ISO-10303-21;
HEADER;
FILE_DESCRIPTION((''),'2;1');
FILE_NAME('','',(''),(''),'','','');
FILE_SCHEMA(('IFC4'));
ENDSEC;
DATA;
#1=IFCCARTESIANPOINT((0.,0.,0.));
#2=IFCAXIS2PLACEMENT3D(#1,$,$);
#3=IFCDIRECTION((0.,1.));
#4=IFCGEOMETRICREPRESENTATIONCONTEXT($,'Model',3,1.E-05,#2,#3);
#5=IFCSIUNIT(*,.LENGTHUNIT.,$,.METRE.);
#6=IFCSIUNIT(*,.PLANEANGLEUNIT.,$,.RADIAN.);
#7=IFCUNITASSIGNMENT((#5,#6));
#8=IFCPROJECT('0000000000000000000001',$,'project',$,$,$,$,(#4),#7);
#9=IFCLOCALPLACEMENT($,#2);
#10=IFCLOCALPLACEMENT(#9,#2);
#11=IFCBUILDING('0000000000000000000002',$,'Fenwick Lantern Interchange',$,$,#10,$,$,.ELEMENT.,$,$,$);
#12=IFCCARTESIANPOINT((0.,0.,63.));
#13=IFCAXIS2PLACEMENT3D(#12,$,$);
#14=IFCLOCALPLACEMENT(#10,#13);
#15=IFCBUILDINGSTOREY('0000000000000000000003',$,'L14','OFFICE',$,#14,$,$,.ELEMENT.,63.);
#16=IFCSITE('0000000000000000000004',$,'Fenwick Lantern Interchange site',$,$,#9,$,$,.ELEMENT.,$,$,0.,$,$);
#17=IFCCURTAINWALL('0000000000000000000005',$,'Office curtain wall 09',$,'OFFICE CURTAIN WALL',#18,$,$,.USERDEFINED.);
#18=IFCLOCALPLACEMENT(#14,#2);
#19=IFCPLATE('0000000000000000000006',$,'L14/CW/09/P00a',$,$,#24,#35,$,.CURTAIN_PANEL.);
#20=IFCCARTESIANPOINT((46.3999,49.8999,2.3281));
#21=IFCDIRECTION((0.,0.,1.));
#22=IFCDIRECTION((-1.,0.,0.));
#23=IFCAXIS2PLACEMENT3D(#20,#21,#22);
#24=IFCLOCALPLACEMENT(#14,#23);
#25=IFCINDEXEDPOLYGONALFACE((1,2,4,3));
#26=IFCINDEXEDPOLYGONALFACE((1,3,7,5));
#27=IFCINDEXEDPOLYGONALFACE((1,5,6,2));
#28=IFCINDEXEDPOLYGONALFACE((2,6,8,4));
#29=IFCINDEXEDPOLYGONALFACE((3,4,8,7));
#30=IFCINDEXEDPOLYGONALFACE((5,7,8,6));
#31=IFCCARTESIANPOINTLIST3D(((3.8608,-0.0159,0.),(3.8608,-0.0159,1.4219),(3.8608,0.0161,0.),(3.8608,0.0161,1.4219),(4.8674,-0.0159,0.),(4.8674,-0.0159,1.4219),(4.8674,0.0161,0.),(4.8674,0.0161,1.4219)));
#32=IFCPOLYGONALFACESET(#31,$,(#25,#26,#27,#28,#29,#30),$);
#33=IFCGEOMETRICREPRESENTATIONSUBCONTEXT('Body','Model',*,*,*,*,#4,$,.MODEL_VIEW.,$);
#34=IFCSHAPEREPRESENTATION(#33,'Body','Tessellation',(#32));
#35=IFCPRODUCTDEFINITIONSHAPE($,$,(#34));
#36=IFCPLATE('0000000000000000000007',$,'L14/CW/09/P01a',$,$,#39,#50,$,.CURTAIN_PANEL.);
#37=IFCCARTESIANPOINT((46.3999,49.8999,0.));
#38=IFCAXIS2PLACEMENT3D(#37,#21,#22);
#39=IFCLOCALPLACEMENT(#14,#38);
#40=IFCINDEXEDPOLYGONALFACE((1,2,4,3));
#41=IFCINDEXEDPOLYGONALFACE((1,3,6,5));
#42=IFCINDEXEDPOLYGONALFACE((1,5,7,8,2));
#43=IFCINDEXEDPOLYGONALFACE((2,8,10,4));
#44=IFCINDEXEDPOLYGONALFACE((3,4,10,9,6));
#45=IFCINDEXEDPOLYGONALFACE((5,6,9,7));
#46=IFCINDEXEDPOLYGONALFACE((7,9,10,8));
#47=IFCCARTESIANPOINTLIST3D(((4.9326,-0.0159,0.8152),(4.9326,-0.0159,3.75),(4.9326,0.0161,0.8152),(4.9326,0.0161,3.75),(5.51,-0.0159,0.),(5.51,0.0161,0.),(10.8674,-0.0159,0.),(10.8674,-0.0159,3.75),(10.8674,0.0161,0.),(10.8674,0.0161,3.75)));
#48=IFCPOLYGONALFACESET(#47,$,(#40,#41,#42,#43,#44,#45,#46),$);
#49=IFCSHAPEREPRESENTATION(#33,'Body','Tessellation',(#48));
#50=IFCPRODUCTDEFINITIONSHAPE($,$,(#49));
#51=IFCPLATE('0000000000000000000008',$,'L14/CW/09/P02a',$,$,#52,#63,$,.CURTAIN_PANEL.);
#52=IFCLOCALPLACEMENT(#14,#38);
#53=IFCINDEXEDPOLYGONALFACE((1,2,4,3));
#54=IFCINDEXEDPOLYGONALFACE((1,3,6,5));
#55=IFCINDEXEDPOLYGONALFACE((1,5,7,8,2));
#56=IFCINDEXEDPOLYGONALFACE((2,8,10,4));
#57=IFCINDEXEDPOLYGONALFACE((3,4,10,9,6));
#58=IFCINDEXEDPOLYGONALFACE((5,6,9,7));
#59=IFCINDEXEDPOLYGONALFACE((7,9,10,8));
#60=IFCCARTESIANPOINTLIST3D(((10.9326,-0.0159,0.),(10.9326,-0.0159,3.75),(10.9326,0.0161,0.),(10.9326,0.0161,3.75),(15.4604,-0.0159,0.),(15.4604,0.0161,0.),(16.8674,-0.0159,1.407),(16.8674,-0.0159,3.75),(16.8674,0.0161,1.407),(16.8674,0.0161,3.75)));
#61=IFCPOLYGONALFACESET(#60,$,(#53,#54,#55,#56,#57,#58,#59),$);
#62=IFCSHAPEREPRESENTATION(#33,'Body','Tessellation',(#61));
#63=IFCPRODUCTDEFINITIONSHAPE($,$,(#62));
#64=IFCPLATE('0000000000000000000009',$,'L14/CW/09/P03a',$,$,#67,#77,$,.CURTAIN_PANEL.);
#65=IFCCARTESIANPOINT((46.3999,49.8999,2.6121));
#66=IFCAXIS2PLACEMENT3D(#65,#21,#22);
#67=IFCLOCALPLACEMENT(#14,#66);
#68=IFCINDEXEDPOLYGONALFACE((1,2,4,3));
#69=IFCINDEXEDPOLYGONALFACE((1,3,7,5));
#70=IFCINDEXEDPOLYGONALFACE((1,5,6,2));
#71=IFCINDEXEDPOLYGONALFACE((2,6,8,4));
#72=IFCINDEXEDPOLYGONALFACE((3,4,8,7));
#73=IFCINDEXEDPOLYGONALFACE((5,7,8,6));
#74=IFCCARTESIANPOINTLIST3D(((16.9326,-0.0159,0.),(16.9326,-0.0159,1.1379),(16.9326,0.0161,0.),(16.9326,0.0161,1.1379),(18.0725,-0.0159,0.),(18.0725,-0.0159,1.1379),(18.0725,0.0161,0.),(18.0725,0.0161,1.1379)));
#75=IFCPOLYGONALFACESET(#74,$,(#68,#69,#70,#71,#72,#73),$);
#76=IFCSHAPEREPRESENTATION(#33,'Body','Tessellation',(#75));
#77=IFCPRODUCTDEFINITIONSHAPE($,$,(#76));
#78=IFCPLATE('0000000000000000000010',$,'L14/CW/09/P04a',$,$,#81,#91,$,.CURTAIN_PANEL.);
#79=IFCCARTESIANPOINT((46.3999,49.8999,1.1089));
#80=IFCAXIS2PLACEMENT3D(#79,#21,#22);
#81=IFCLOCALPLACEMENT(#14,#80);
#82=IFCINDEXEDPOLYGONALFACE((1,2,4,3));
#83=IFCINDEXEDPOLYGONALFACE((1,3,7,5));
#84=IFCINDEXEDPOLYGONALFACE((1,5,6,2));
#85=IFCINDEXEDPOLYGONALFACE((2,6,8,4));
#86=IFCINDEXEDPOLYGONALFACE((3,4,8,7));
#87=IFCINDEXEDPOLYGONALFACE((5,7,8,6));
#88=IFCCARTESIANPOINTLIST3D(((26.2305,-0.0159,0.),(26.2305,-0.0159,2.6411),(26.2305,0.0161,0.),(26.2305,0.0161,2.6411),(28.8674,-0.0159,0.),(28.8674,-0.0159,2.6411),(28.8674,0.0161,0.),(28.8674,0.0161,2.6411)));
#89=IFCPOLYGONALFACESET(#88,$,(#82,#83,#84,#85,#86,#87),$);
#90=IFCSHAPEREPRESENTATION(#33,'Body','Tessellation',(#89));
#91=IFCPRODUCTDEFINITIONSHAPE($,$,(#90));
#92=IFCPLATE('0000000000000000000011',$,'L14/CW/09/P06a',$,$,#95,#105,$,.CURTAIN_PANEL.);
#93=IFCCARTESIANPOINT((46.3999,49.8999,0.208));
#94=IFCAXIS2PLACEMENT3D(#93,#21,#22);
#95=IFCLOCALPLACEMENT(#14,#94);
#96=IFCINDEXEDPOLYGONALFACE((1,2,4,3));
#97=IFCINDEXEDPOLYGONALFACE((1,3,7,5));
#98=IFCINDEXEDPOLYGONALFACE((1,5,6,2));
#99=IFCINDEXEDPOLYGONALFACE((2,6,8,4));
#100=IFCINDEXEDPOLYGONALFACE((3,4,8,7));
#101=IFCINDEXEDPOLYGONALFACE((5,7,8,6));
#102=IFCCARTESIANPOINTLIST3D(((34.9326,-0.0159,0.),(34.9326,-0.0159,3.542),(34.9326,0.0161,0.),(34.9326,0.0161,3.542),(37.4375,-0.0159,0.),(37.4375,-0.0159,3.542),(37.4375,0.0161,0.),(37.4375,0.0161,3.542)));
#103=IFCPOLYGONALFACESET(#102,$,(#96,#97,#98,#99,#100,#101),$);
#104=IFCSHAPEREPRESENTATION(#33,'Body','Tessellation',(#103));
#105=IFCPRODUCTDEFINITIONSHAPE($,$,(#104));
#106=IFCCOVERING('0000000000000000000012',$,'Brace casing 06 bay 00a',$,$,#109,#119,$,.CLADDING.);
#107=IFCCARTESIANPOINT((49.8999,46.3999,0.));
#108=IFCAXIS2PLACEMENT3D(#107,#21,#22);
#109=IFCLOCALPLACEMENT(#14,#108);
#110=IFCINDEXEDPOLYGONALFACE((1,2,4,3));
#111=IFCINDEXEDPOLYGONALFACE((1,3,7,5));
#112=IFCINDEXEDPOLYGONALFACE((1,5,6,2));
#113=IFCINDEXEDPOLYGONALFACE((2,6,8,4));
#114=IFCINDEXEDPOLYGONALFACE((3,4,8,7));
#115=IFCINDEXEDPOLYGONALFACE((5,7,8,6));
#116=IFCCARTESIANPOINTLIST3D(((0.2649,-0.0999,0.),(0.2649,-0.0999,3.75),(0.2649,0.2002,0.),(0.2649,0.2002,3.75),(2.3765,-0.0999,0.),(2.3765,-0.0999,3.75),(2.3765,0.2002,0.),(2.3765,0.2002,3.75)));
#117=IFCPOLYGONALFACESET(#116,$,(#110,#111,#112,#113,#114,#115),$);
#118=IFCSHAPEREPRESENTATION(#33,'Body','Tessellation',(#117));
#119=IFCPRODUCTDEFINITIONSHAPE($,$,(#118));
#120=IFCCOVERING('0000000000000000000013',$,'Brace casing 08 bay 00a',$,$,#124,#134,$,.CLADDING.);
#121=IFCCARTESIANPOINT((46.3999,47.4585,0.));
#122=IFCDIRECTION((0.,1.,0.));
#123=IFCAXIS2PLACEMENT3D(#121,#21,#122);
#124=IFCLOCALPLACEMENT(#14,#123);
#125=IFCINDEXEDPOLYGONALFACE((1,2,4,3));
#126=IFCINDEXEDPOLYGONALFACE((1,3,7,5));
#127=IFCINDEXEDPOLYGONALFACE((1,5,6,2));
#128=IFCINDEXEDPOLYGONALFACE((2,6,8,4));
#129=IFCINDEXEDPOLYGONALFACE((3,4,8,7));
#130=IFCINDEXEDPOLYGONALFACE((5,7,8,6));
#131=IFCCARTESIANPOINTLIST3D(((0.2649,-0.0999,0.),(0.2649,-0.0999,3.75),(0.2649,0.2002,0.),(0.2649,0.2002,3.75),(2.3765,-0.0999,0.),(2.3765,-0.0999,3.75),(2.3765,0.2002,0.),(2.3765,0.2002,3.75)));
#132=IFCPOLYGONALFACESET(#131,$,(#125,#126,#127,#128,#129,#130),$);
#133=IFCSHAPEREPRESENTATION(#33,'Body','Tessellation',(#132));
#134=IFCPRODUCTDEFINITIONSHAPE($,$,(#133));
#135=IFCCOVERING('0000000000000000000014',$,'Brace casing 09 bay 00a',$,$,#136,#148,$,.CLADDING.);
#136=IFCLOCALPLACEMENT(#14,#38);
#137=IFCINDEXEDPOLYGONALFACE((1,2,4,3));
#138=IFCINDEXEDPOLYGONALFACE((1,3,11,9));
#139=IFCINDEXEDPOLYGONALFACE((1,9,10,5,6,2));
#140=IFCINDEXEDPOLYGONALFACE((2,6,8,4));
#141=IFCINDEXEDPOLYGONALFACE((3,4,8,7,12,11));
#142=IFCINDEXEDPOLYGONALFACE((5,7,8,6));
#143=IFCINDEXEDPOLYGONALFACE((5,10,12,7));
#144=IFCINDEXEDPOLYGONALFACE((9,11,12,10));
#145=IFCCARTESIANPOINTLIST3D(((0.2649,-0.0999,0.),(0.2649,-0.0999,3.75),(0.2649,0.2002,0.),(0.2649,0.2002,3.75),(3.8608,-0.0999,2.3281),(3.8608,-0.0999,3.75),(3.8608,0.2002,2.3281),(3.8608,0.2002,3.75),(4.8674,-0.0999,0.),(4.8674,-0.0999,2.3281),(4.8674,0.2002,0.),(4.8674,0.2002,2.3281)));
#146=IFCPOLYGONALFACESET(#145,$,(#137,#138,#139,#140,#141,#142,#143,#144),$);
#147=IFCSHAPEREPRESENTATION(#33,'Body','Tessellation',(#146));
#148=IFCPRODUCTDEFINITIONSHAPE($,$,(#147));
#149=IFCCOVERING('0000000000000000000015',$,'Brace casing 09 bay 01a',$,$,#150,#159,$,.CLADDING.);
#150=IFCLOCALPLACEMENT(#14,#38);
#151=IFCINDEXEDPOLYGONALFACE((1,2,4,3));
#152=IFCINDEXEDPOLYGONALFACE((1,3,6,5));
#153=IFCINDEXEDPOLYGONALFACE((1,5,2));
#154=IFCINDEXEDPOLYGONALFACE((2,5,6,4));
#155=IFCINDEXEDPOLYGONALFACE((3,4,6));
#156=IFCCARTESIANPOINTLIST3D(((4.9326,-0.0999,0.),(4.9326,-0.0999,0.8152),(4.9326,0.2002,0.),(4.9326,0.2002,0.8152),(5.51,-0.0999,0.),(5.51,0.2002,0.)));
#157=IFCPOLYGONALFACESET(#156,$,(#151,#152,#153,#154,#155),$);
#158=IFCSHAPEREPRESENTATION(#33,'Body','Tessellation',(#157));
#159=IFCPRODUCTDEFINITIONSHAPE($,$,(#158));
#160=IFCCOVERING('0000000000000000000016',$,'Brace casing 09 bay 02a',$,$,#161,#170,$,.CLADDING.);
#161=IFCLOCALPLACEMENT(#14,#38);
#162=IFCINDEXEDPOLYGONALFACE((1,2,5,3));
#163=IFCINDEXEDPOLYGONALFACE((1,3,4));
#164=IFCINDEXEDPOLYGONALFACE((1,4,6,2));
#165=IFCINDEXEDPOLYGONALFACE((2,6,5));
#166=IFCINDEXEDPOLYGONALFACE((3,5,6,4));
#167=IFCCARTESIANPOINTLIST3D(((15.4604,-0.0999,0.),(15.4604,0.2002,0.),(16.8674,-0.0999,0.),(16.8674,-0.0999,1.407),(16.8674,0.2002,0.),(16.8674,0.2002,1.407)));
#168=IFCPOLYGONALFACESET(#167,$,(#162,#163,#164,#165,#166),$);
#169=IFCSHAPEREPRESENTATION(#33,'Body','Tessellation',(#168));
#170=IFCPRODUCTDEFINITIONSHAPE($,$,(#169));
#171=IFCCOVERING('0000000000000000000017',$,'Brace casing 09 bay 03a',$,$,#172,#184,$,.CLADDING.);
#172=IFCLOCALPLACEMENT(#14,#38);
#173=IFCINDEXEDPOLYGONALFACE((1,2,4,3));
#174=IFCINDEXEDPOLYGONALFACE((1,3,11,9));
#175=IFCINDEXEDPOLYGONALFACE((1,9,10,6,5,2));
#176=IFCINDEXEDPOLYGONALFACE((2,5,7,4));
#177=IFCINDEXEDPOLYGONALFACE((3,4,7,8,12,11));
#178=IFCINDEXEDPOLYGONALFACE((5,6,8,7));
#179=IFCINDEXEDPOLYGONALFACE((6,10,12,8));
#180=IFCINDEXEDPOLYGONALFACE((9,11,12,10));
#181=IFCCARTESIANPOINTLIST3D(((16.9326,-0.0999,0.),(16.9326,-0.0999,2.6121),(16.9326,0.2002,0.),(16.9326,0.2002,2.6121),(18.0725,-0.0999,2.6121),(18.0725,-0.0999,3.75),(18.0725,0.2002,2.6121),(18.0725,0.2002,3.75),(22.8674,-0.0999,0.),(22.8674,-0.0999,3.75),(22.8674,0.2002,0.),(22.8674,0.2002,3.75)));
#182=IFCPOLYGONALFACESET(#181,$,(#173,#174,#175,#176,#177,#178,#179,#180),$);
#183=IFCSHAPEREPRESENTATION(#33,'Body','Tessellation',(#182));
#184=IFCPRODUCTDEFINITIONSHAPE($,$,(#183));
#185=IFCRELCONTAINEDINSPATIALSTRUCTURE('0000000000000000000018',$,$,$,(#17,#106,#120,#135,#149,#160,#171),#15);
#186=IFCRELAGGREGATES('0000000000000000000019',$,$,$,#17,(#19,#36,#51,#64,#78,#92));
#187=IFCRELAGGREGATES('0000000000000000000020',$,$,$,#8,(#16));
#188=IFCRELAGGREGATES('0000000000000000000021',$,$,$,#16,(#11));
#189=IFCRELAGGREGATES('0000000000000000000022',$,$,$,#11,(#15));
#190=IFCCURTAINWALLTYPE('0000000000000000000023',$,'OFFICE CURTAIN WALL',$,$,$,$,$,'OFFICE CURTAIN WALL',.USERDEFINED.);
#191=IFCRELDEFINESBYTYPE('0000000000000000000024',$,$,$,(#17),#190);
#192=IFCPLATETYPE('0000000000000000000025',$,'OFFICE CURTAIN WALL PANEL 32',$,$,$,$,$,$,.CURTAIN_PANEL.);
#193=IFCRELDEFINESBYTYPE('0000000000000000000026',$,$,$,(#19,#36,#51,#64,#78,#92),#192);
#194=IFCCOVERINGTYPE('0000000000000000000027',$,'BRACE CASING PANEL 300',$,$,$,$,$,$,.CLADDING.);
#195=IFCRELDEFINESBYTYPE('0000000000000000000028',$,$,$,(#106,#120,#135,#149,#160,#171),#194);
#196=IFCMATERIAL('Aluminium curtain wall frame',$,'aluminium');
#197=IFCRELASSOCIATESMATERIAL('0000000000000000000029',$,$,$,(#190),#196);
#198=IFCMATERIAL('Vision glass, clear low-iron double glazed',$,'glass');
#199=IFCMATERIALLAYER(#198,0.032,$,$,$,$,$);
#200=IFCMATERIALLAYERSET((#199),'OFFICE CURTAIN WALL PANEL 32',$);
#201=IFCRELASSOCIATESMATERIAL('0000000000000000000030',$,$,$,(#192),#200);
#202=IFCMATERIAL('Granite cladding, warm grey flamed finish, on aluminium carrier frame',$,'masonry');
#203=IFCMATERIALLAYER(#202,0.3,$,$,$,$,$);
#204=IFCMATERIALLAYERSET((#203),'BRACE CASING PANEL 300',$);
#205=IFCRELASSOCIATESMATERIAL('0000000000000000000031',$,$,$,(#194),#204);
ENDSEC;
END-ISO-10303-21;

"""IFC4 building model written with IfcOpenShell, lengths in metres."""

from ifc_helpers import new_model, si_unit, direction, frame, origin, place, context, subcontext, project, spatial, polyline, outline, extrude, material, layer, layer_set, type_object, element, aggregate, save


model = new_model("IFC4")

# Units and contexts
model_context = context("Model", 3, precision=1e-05, world=origin(), true_north=direction((0.0, 1.0)))
body_context = subcontext(model_context, "Body", "Model", "MODEL_VIEW")
ifc_project = project(units=[si_unit("LENGTHUNIT", "METRE"), si_unit("PLANEANGLEUNIT", "RADIAN")], contexts=[model_context])

# Site, building, storey
site_placement = place(None, origin())
site = spatial("IfcSite", under=ifc_project, at=site_placement, Name="Fenwick Lantern Interchange site", CompositionType="ELEMENT", RefElevation=0.0)
building_placement = place(site_placement, origin())
building = spatial("IfcBuilding", under=site, at=building_placement, Name="Fenwick Lantern Interchange", CompositionType="ELEMENT")
storey_placement = place(building_placement, frame((0.0, 0.0, 63.0)))
storey = spatial("IfcBuildingStorey", under=building, at=storey_placement, Name="L14", Description="OFFICE", CompositionType="ELEMENT", Elevation=63.0)

# Shared definitions
ifc_material_1 = material(Name="Aluminium curtain wall frame", Category="aluminium")
curtain_wall_type = type_object("IfcCurtainWallType", Name="OFFICE CURTAIN WALL", ElementType="OFFICE CURTAIN WALL", PredefinedType="USERDEFINED", material=ifc_material_1)

# Curtain wall
curtain_wall_1_placement = place(storey_placement, origin())
curtain_wall_1 = element("IfcCurtainWall", 1, at=curtain_wall_1_placement, inside=storey, type_object=curtain_wall_type, Name="Office curtain wall 09", ObjectType="OFFICE CURTAIN WALL", PredefinedType="USERDEFINED")

# Plates
ifc_material_2 = material(Name="Vision glass, clear low-iron double glazed", Category="glass")
ifc_layer_1 = layer(ifc_material_2, 0.032)
ifc_layer_set_1 = layer_set([ifc_layer_1], Name="OFFICE CURTAIN WALL PANEL 32")
plate_type = type_object("IfcPlateType", Name="OFFICE CURTAIN WALL PANEL 32", PredefinedType="CURTAIN_PANEL", material=ifc_layer_set_1)
plate_1_placement = place(storey_placement, frame((46.3999, 49.8999, 2.3281), z_axis=(0.0, 0.0, 1.0), x_axis=(-1.0, 0.0, 0.0)))
plate_1 = element("IfcPlate", 2, at=plate_1_placement, type_object=plate_type, Name="L14/CW/09/P00a", PredefinedType="CURTAIN_PANEL", context=body_context, shape_type="SweptSolid", body=[
    extrude(outline(polyline([(3.8608, 0.0), (4.8674, 0.0), (4.8674, 1.4219), (3.8608, 1.4219), (3.8608, 0.0)])), frame((0.0, 0.0161, 0.0), z_axis=(0.0, -1.0, 0.0), x_axis=(1.0, 0.0, 0.0)), (0.0, 0.0, 1.0), 0.032),
])
plate_2_placement = place(storey_placement, frame((46.3999, 49.8999, 0.0), z_axis=(0.0, 0.0, 1.0), x_axis=(-1.0, 0.0, 0.0)))
plate_2 = element("IfcPlate", 3, at=plate_2_placement, type_object=plate_type, Name="L14/CW/09/P01a", PredefinedType="CURTAIN_PANEL", context=body_context, shape_type="SweptSolid", body=[
    extrude(outline(polyline([(5.51, 0.0), (10.8674, 0.0), (10.8674, 3.75), (4.9326, 3.75), (4.9326, 0.8152), (5.51, 0.0)])), frame((0.0, 0.0161, 0.0), z_axis=(0.0, -1.0, 0.0), x_axis=(1.0, 0.0, 0.0)), (0.0, 0.0, 1.0), 0.032),
])
plate_3_placement = place(storey_placement, frame((46.3999, 49.8999, 0.0), z_axis=(0.0, 0.0, 1.0), x_axis=(-1.0, 0.0, 0.0)))
plate_3 = element("IfcPlate", 4, at=plate_3_placement, type_object=plate_type, Name="L14/CW/09/P02a", PredefinedType="CURTAIN_PANEL", context=body_context, shape_type="SweptSolid", body=[
    extrude(outline(polyline([(10.9326, 0.0), (15.4604, 0.0), (16.8674, 1.407), (16.8674, 3.75), (10.9326, 3.75), (10.9326, 0.0)])), frame((0.0, 0.0161, 0.0), z_axis=(0.0, -1.0, 0.0), x_axis=(1.0, 0.0, 0.0)), (0.0, 0.0, 1.0), 0.032),
])
plate_4_placement = place(storey_placement, frame((46.3999, 49.8999, 2.6121), z_axis=(0.0, 0.0, 1.0), x_axis=(-1.0, 0.0, 0.0)))
plate_4 = element("IfcPlate", 5, at=plate_4_placement, type_object=plate_type, Name="L14/CW/09/P03a", PredefinedType="CURTAIN_PANEL", context=body_context, shape_type="SweptSolid", body=[
    extrude(outline(polyline([(16.9326, 0.0), (18.0725, 0.0), (18.0725, 1.1379), (16.9326, 1.1379), (16.9326, 0.0)])), frame((0.0, 0.0161, 0.0), z_axis=(0.0, -1.0, 0.0), x_axis=(1.0, 0.0, 0.0)), (0.0, 0.0, 1.0), 0.032),
])
plate_5_placement = place(storey_placement, frame((46.3999, 49.8999, 1.1089), z_axis=(0.0, 0.0, 1.0), x_axis=(-1.0, 0.0, 0.0)))
plate_5 = element("IfcPlate", 6, at=plate_5_placement, type_object=plate_type, Name="L14/CW/09/P04a", PredefinedType="CURTAIN_PANEL", context=body_context, shape_type="SweptSolid", body=[
    extrude(outline(polyline([(26.2305, 0.0), (28.8674, 0.0), (28.8674, 2.6411), (26.2305, 2.6411), (26.2305, 0.0)])), frame((0.0, 0.0161, 0.0), z_axis=(0.0, -1.0, 0.0), x_axis=(1.0, 0.0, 0.0)), (0.0, 0.0, 1.0), 0.032),
])
plate_6_placement = place(storey_placement, frame((46.3999, 49.8999, 0.208), z_axis=(0.0, 0.0, 1.0), x_axis=(-1.0, 0.0, 0.0)))
plate_6 = element("IfcPlate", 7, at=plate_6_placement, type_object=plate_type, Name="L14/CW/09/P06a", PredefinedType="CURTAIN_PANEL", context=body_context, shape_type="SweptSolid", body=[
    extrude(outline(polyline([(34.9326, 0.0), (37.4375, 0.0), (37.4375, 3.542), (34.9326, 3.542), (34.9326, 0.0)])), frame((0.0, 0.0161, 0.0), z_axis=(0.0, -1.0, 0.0), x_axis=(1.0, 0.0, 0.0)), (0.0, 0.0, 1.0), 0.032),
])
aggregate(curtain_wall_1, [plate_1, plate_2, plate_3, plate_4, plate_5, plate_6])

# Coverings
ifc_material_3 = material(Name="Granite cladding, warm grey flamed finish, on aluminium carrier frame", Category="masonry")
ifc_layer_2 = layer(ifc_material_3, 0.3)
ifc_layer_set_2 = layer_set([ifc_layer_2], Name="BRACE CASING PANEL 300")
covering_type = type_object("IfcCoveringType", Name="BRACE CASING PANEL 300", PredefinedType="CLADDING", material=ifc_layer_set_2)
for number, where, z_axis, x_axis, name in (
    (8, (49.8999, 46.3999, 0.0), (0.0, 0.0, 1.0), (-1.0, 0.0, 0.0), "Brace casing 06 bay 00a"),
    (9, (46.3999, 47.4585, 0.0), (0.0, 0.0, 1.0), (0.0, 1.0, 0.0), "Brace casing 08 bay 00a"),
):
    element("IfcCovering", number, at=place(storey_placement, frame(where, z_axis=z_axis, x_axis=x_axis)), inside=storey, type_object=covering_type, Name=name, PredefinedType="CLADDING", context=body_context, shape_type="SweptSolid", body=[
        extrude(outline(polyline([(0.2649, 0.0), (2.3765, 0.0), (2.3765, 3.75), (0.2649, 3.75), (0.2649, 0.0)])), frame((0.0, 0.2002, 0.0), z_axis=(0.0, -1.0, 0.0), x_axis=(1.0, 0.0, 0.0)), (0.0, 0.0, 1.0), 0.3),
    ])
covering_1_placement = place(storey_placement, frame((46.3999, 49.8999, 0.0), z_axis=(0.0, 0.0, 1.0), x_axis=(-1.0, 0.0, 0.0)))
element("IfcCovering", 10, at=covering_1_placement, inside=storey, type_object=covering_type, Name="Brace casing 09 bay 00a", PredefinedType="CLADDING", context=body_context, shape_type="SweptSolid", body=[
    extrude(outline(polyline([(0.2649, 0.0), (4.8674, 0.0), (4.8674, 2.3281), (3.8608, 2.3281), (3.8608, 3.75), (0.2649, 3.75), (0.2649, 0.0)])), frame((0.0, 0.2002, 0.0), z_axis=(0.0, -1.0, 0.0), x_axis=(1.0, 0.0, 0.0)), (0.0, 0.0, 1.0), 0.3),
])
covering_2_placement = place(storey_placement, frame((46.3999, 49.8999, 0.0), z_axis=(0.0, 0.0, 1.0), x_axis=(-1.0, 0.0, 0.0)))
element("IfcCovering", 11, at=covering_2_placement, inside=storey, type_object=covering_type, Name="Brace casing 09 bay 01a", PredefinedType="CLADDING", context=body_context, shape_type="SweptSolid", body=[
    extrude(outline(polyline([(4.9326, 0.0), (5.51, 0.0), (4.9326, 0.8152), (4.9326, 0.0)])), frame((0.0, 0.2002, 0.0), z_axis=(0.0, -1.0, 0.0), x_axis=(1.0, 0.0, 0.0)), (0.0, 0.0, 1.0), 0.3),
])
covering_3_placement = place(storey_placement, frame((46.3999, 49.8999, 0.0), z_axis=(0.0, 0.0, 1.0), x_axis=(-1.0, 0.0, 0.0)))
element("IfcCovering", 12, at=covering_3_placement, inside=storey, type_object=covering_type, Name="Brace casing 09 bay 02a", PredefinedType="CLADDING", context=body_context, shape_type="SweptSolid", body=[
    extrude(outline(polyline([(15.4604, 0.0), (16.8674, 0.0), (16.8674, 1.407), (15.4604, 0.0)])), frame((0.0, 0.2002, 0.0), z_axis=(0.0, -1.0, 0.0), x_axis=(1.0, 0.0, 0.0)), (0.0, 0.0, 1.0), 0.3),
])
covering_4_placement = place(storey_placement, frame((46.3999, 49.8999, 0.0), z_axis=(0.0, 0.0, 1.0), x_axis=(-1.0, 0.0, 0.0)))
element("IfcCovering", 13, at=covering_4_placement, inside=storey, type_object=covering_type, Name="Brace casing 09 bay 03a", PredefinedType="CLADDING", context=body_context, shape_type="SweptSolid", body=[
    extrude(outline(polyline([(16.9326, 0.0), (22.8674, 0.0), (22.8674, 3.75), (18.0725, 3.75), (18.0725, 2.6121), (16.9326, 2.6121), (16.9326, 0.0)])), frame((0.0, 0.2002, 0.0), z_axis=(0.0, -1.0, 0.0), x_axis=(1.0, 0.0, 0.0)), (0.0, 0.0, 1.0), 0.3),
])

save(model, "model.ifc")
